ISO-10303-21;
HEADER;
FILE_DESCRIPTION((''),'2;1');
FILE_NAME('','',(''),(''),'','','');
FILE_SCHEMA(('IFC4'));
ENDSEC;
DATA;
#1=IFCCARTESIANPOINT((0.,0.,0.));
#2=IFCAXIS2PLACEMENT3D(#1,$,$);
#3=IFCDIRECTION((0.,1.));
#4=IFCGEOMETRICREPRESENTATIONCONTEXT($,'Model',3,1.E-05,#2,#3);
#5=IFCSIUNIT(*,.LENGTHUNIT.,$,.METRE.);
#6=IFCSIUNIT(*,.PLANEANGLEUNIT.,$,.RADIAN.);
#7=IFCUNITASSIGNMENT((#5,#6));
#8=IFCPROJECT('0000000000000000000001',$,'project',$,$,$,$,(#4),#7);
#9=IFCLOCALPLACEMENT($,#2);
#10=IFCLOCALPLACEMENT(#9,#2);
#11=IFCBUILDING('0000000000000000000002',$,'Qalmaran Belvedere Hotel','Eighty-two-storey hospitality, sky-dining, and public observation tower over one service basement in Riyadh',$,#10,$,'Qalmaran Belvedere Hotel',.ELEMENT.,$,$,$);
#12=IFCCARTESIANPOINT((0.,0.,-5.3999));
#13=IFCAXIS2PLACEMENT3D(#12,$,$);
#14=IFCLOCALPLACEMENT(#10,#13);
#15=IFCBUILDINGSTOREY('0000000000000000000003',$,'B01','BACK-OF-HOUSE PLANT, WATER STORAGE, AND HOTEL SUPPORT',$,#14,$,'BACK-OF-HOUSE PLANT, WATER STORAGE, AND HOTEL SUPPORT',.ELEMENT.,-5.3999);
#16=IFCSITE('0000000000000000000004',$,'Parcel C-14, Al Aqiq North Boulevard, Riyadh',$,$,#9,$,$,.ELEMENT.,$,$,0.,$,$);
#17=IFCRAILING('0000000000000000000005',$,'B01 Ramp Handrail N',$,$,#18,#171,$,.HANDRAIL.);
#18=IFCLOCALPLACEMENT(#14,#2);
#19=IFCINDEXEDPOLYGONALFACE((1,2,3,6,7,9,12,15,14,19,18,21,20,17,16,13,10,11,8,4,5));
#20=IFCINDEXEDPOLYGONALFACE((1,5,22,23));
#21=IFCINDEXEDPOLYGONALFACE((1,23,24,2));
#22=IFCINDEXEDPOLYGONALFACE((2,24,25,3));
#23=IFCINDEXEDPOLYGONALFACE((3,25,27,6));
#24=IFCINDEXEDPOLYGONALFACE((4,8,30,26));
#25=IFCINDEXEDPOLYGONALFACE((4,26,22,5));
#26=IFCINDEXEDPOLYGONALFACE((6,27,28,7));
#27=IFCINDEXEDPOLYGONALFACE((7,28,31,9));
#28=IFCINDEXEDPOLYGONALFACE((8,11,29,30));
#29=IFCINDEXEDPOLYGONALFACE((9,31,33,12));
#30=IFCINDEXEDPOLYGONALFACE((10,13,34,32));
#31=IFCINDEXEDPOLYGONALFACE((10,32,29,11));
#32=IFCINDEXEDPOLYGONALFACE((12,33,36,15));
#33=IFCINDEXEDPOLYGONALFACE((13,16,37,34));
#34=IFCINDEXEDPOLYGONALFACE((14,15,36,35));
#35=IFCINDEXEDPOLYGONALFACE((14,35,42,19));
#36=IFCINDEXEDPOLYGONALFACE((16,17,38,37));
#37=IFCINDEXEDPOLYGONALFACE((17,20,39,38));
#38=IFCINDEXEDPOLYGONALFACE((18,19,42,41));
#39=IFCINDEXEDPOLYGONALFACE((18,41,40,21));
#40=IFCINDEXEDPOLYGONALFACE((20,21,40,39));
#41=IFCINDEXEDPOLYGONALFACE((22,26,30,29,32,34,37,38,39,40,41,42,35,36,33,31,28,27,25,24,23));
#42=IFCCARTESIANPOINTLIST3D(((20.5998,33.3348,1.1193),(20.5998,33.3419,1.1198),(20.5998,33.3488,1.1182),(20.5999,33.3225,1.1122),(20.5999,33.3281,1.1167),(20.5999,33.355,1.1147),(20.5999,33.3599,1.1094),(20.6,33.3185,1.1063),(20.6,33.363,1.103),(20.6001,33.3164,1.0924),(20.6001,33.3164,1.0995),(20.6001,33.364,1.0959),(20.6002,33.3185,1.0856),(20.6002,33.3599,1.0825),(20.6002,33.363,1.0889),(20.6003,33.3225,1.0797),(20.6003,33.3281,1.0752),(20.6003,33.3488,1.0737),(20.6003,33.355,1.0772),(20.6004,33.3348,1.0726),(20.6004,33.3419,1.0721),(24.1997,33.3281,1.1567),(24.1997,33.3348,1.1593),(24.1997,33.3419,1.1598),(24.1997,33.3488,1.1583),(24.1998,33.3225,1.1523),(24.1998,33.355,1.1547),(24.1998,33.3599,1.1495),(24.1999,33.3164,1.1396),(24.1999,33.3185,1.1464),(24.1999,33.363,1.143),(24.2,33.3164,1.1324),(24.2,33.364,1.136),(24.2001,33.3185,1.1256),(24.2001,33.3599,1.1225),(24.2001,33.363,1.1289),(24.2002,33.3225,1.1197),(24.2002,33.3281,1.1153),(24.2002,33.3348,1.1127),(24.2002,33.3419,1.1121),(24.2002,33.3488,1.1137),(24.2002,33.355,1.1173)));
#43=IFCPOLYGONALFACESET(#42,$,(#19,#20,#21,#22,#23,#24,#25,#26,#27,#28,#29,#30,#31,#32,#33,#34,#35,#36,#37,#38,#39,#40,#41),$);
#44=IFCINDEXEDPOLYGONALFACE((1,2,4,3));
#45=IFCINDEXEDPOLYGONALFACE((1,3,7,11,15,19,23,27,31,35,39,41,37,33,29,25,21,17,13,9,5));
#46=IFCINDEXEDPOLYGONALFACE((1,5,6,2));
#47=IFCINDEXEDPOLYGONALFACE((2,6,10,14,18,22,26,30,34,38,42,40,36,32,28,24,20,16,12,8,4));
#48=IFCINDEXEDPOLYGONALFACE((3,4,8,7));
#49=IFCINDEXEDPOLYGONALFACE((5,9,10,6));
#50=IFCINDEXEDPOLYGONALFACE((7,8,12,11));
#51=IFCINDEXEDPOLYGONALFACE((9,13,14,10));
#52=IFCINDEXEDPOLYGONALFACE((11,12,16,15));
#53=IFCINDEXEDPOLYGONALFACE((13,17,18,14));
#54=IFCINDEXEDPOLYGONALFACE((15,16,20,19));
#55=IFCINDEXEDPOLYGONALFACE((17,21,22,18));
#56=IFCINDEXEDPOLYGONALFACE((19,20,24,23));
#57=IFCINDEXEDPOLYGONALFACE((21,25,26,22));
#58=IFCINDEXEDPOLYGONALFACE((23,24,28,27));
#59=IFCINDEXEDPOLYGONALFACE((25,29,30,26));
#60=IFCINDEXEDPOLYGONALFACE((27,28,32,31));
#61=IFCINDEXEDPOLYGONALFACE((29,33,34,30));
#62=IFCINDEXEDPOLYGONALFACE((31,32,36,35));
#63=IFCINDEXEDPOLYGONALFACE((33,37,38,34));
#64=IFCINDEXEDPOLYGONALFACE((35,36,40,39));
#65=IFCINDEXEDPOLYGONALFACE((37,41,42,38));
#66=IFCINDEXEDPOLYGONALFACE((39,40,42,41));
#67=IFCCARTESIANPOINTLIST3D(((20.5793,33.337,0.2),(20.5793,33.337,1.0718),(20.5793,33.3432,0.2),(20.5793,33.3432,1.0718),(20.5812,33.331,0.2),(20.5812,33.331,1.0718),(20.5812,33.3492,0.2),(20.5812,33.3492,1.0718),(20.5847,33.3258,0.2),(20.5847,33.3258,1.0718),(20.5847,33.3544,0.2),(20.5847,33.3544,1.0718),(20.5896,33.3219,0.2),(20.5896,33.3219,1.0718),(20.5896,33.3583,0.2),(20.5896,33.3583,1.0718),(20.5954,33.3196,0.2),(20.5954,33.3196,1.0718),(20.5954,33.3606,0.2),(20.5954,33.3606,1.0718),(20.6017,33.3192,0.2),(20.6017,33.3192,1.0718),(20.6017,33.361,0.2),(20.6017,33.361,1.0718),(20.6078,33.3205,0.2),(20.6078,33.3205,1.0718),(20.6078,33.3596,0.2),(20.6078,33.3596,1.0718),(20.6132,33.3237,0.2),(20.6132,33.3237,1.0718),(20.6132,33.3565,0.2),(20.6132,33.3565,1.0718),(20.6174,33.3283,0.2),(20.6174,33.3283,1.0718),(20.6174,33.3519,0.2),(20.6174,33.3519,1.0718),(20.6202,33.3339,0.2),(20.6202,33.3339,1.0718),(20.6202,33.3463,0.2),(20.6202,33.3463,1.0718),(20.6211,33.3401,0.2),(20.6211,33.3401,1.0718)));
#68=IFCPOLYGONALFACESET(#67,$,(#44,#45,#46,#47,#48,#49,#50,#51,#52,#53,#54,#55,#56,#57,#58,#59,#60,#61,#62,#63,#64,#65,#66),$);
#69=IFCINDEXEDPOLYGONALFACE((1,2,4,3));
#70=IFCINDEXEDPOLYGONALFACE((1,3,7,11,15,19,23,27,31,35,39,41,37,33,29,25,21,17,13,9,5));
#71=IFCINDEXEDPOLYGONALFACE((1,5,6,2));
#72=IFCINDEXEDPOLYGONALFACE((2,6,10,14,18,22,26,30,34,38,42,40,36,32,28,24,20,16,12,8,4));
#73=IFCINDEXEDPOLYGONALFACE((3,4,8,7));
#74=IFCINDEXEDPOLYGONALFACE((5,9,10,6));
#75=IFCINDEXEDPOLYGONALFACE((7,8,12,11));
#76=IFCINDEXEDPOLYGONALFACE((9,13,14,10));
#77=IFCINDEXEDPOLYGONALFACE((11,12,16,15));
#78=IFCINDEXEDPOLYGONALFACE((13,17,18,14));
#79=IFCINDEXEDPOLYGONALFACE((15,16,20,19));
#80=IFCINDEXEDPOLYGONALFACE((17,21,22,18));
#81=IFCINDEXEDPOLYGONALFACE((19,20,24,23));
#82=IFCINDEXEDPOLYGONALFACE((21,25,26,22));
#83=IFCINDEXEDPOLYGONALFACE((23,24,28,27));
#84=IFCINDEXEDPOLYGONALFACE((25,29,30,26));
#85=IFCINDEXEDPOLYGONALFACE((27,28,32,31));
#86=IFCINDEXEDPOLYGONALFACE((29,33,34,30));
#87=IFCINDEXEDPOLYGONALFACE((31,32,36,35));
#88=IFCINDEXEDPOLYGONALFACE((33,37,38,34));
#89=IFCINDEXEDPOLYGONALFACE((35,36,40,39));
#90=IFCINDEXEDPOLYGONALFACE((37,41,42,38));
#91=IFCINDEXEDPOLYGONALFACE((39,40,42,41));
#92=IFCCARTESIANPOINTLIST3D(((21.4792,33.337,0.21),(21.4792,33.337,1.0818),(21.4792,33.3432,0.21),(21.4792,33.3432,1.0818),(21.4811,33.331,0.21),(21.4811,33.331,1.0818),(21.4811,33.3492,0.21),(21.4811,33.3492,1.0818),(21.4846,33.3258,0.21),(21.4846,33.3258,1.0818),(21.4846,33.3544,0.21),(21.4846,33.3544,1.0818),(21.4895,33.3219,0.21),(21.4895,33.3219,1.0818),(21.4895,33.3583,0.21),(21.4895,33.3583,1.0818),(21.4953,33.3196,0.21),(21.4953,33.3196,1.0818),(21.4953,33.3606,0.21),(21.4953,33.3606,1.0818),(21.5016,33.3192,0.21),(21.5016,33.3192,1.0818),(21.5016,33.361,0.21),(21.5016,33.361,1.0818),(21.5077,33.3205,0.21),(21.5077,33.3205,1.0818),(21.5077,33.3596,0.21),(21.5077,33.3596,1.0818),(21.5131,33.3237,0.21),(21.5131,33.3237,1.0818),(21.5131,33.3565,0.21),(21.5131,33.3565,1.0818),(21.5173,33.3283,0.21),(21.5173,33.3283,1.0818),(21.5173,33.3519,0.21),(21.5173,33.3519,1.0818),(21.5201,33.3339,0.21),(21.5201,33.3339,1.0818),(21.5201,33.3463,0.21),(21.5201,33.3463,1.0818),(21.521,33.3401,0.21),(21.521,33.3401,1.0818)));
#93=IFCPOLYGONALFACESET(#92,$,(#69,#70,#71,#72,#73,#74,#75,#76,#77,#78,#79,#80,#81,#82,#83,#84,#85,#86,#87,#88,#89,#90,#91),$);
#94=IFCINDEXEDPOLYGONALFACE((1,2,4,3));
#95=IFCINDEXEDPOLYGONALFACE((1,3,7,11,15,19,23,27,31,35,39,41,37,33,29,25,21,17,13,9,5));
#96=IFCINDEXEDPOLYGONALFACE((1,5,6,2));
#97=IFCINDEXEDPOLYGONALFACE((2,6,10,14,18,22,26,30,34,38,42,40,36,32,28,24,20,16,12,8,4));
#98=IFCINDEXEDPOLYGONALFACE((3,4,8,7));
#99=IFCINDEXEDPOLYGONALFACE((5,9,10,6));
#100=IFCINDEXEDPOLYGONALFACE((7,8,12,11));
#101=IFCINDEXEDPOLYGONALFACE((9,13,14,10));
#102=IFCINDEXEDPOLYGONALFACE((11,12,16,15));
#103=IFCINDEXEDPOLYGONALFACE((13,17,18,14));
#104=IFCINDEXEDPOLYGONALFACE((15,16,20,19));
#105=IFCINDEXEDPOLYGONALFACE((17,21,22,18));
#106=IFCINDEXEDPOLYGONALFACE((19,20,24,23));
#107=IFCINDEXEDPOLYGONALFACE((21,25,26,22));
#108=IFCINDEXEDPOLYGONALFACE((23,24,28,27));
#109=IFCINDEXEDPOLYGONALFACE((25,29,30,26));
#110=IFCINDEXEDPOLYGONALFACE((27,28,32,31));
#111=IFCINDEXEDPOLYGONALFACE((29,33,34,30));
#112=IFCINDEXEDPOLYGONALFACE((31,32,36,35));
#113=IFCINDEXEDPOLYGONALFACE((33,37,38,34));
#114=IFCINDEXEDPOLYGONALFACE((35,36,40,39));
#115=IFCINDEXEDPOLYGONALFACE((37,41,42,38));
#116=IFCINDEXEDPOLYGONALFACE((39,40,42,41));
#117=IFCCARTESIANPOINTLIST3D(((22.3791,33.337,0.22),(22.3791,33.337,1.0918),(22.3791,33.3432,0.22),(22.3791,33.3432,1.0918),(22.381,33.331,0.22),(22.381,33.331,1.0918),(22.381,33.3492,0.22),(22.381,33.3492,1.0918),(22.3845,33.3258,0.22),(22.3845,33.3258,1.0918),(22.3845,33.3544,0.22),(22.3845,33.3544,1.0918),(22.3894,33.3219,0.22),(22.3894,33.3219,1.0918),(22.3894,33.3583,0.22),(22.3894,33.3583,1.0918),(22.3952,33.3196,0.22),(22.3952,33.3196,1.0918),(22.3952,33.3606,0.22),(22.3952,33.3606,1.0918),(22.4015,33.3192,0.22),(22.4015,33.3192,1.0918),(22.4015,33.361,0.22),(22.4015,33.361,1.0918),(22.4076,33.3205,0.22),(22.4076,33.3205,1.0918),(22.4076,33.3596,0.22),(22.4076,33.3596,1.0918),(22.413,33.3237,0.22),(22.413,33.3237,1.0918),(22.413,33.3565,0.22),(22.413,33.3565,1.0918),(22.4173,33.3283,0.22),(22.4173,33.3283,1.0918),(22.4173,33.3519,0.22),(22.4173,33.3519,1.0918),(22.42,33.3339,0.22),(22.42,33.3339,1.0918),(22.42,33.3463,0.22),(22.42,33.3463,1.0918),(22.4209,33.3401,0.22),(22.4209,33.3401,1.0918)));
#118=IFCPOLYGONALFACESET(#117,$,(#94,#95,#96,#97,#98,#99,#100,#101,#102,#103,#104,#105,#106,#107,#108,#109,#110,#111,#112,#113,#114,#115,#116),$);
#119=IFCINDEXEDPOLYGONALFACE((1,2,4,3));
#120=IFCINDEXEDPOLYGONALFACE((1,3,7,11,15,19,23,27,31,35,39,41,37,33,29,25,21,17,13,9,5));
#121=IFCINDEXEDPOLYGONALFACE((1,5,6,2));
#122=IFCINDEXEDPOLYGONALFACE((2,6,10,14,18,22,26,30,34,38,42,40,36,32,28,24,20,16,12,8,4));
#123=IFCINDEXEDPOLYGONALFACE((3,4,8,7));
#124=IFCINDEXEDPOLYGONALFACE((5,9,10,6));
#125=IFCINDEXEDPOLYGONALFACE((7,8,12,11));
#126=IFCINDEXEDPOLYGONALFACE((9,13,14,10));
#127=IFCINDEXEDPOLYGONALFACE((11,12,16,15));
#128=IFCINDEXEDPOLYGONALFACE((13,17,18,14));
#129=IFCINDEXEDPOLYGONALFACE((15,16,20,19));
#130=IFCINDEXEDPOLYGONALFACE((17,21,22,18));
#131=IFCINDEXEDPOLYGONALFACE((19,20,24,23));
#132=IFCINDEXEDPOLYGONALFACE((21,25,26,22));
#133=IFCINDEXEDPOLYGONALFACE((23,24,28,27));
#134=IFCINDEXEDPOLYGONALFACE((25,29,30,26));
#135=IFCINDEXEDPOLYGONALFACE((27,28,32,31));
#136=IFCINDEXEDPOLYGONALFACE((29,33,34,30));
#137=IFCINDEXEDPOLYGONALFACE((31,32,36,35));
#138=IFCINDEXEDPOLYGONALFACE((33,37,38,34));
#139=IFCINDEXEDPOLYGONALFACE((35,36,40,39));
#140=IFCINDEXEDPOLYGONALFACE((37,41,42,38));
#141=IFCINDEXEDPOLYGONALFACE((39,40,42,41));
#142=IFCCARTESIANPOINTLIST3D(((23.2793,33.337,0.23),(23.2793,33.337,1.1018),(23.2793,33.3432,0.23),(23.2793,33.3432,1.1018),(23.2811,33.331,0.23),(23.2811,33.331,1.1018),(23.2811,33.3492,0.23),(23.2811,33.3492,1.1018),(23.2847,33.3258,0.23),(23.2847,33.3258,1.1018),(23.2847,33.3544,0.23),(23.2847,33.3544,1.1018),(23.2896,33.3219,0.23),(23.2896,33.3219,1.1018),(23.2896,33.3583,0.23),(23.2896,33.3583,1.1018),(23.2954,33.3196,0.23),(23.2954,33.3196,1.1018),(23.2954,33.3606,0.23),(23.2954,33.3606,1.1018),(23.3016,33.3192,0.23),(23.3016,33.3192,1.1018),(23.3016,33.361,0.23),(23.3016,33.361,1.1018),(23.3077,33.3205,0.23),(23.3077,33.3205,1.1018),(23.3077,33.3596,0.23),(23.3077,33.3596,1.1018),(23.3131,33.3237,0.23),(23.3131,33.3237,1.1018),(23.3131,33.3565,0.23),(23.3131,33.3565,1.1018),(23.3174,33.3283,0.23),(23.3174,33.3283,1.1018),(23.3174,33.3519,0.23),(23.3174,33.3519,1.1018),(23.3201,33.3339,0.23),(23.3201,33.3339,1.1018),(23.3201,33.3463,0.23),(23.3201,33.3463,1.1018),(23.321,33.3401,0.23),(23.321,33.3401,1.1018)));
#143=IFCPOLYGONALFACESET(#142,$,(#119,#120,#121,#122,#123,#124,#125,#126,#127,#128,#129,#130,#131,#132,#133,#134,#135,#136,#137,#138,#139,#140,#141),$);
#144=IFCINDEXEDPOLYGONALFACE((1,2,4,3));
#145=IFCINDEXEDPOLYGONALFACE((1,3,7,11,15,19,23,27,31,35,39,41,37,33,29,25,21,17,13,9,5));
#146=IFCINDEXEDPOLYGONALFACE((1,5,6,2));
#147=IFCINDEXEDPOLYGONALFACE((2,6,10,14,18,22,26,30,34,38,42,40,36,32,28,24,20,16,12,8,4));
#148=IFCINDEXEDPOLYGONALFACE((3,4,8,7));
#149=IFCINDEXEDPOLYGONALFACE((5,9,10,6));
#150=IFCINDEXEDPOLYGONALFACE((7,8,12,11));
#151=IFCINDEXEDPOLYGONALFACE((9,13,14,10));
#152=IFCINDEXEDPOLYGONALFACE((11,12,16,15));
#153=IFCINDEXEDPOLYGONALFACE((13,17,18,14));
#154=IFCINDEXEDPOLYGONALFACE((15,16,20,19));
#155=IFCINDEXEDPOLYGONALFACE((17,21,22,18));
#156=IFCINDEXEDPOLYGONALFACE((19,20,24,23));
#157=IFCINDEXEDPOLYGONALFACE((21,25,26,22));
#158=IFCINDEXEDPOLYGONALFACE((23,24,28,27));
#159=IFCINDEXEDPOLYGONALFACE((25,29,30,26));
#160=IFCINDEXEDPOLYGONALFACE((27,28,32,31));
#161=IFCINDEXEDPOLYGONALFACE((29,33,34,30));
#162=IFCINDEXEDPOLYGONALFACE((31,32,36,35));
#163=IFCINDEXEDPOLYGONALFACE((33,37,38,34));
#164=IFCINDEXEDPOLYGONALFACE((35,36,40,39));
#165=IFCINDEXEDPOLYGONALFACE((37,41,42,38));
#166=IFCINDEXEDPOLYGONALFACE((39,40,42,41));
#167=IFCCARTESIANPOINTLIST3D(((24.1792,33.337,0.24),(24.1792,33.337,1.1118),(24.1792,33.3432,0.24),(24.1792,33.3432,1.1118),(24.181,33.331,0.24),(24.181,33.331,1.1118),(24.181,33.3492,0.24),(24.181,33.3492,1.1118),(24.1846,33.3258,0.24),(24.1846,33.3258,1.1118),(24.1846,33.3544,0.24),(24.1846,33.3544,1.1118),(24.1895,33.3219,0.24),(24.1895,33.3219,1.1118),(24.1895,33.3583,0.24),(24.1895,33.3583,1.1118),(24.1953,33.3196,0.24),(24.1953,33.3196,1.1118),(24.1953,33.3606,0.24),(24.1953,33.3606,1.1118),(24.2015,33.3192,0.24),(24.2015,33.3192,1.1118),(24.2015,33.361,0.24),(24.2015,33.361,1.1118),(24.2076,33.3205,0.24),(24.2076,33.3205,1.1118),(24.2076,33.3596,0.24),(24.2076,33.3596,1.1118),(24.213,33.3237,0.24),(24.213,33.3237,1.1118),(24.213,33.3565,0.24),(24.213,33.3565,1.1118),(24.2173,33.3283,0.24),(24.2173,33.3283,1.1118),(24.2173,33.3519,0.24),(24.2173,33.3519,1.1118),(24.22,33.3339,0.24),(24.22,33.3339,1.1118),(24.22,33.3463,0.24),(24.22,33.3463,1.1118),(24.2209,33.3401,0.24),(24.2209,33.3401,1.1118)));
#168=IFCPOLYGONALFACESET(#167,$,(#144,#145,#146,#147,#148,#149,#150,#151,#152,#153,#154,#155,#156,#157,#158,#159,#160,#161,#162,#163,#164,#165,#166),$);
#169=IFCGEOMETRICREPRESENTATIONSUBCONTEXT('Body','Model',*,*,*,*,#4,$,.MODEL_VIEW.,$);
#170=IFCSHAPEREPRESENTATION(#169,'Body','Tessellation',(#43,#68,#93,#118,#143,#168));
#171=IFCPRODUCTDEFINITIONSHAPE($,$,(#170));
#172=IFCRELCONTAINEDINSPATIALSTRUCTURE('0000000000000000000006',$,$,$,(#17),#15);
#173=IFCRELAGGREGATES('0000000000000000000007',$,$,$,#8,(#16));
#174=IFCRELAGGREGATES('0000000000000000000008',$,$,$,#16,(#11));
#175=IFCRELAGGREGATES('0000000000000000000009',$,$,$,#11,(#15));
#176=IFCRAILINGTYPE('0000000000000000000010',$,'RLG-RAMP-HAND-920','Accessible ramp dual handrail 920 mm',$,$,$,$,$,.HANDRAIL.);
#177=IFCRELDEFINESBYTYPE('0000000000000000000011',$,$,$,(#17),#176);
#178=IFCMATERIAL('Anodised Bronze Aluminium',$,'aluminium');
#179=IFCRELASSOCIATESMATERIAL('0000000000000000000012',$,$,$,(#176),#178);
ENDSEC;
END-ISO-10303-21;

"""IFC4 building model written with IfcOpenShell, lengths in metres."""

from ifc_helpers import new_model, si_unit, direction, frame, origin, origin_2d, place, context, subcontext, project, spatial, circle, extrude, material, type_object, element, save


model = new_model("IFC4")

# Units and contexts
model_context = context("Model", 3, precision=1e-05, world=origin(), true_north=direction((0.0, 1.0)))
body_context = subcontext(model_context, "Body", "Model", "MODEL_VIEW")
ifc_project = project(units=[si_unit("LENGTHUNIT", "METRE"), si_unit("PLANEANGLEUNIT", "RADIAN")], contexts=[model_context])

# Site, building, storey
site_placement = place(None, origin())
site = spatial("IfcSite", under=ifc_project, at=site_placement, Name="Parcel C-14, Al Aqiq North Boulevard, Riyadh", CompositionType="ELEMENT", RefElevation=0.0)
building_placement = place(site_placement, origin())
building = spatial("IfcBuilding", under=site, at=building_placement, Name="Qalmaran Belvedere Hotel", Description="Eighty-two-storey hospitality, sky-dining, and public observation tower over one service basement in Riyadh", LongName="Qalmaran Belvedere Hotel", CompositionType="ELEMENT")
storey_placement = place(building_placement, frame((0.0, 0.0, -5.3999)))
storey = spatial("IfcBuildingStorey", under=building, at=storey_placement, Name="B01", Description="BACK-OF-HOUSE PLANT, WATER STORAGE, AND HOTEL SUPPORT", LongName="BACK-OF-HOUSE PLANT, WATER STORAGE, AND HOTEL SUPPORT", CompositionType="ELEMENT", Elevation=-5.3999)

# Railing
ifc_material_1 = material(Name="Anodised Bronze Aluminium", Category="aluminium")
railing_type = type_object("IfcRailingType", Name="RLG-RAMP-HAND-920", Description="Accessible ramp dual handrail 920 mm", PredefinedType="HANDRAIL", material=ifc_material_1)
for number, where, name in (
    (1, (20.6001, 33.3401, 0.2), "B01 Ramp Handrail N"),
):
    element("IfcRailing", number, at=place(storey_placement, frame(where)), inside=storey, type_object=railing_type, Name=name, PredefinedType="HANDRAIL", context=body_context, shape_type="SweptSolid", body=[
        extrude(circle(Radius=0.0239, at=origin_2d()), frame((0.0, 0.0, 0.896), z_axis=(0.999938, 0.0, 0.011122), x_axis=(0.0, 1.0, 0.0)), (0.0, 0.0, 1.0), 3.6001),
        extrude(circle(Radius=0.021, at=origin_2d()), origin(), (0.0, 0.0, 1.0), 0.8718),
        extrude(circle(Radius=0.021, at=origin_2d()), frame((0.8999, 0.0, 0.01)), (0.0, 0.0, 1.0), 0.8718),
        extrude(circle(Radius=0.021, at=origin_2d()), frame((1.7998, 0.0, 0.02)), (0.0, 0.0, 1.0), 0.8718),
        extrude(circle(Radius=0.021, at=origin_2d()), frame((2.7, 0.0, 0.03)), (0.0, 0.0, 1.0), 0.8718),
        extrude(circle(Radius=0.021, at=origin_2d()), frame((3.5999, 0.0, 0.04)), (0.0, 0.0, 1.0), 0.8718),
    ])

save(model, "model.ifc")
